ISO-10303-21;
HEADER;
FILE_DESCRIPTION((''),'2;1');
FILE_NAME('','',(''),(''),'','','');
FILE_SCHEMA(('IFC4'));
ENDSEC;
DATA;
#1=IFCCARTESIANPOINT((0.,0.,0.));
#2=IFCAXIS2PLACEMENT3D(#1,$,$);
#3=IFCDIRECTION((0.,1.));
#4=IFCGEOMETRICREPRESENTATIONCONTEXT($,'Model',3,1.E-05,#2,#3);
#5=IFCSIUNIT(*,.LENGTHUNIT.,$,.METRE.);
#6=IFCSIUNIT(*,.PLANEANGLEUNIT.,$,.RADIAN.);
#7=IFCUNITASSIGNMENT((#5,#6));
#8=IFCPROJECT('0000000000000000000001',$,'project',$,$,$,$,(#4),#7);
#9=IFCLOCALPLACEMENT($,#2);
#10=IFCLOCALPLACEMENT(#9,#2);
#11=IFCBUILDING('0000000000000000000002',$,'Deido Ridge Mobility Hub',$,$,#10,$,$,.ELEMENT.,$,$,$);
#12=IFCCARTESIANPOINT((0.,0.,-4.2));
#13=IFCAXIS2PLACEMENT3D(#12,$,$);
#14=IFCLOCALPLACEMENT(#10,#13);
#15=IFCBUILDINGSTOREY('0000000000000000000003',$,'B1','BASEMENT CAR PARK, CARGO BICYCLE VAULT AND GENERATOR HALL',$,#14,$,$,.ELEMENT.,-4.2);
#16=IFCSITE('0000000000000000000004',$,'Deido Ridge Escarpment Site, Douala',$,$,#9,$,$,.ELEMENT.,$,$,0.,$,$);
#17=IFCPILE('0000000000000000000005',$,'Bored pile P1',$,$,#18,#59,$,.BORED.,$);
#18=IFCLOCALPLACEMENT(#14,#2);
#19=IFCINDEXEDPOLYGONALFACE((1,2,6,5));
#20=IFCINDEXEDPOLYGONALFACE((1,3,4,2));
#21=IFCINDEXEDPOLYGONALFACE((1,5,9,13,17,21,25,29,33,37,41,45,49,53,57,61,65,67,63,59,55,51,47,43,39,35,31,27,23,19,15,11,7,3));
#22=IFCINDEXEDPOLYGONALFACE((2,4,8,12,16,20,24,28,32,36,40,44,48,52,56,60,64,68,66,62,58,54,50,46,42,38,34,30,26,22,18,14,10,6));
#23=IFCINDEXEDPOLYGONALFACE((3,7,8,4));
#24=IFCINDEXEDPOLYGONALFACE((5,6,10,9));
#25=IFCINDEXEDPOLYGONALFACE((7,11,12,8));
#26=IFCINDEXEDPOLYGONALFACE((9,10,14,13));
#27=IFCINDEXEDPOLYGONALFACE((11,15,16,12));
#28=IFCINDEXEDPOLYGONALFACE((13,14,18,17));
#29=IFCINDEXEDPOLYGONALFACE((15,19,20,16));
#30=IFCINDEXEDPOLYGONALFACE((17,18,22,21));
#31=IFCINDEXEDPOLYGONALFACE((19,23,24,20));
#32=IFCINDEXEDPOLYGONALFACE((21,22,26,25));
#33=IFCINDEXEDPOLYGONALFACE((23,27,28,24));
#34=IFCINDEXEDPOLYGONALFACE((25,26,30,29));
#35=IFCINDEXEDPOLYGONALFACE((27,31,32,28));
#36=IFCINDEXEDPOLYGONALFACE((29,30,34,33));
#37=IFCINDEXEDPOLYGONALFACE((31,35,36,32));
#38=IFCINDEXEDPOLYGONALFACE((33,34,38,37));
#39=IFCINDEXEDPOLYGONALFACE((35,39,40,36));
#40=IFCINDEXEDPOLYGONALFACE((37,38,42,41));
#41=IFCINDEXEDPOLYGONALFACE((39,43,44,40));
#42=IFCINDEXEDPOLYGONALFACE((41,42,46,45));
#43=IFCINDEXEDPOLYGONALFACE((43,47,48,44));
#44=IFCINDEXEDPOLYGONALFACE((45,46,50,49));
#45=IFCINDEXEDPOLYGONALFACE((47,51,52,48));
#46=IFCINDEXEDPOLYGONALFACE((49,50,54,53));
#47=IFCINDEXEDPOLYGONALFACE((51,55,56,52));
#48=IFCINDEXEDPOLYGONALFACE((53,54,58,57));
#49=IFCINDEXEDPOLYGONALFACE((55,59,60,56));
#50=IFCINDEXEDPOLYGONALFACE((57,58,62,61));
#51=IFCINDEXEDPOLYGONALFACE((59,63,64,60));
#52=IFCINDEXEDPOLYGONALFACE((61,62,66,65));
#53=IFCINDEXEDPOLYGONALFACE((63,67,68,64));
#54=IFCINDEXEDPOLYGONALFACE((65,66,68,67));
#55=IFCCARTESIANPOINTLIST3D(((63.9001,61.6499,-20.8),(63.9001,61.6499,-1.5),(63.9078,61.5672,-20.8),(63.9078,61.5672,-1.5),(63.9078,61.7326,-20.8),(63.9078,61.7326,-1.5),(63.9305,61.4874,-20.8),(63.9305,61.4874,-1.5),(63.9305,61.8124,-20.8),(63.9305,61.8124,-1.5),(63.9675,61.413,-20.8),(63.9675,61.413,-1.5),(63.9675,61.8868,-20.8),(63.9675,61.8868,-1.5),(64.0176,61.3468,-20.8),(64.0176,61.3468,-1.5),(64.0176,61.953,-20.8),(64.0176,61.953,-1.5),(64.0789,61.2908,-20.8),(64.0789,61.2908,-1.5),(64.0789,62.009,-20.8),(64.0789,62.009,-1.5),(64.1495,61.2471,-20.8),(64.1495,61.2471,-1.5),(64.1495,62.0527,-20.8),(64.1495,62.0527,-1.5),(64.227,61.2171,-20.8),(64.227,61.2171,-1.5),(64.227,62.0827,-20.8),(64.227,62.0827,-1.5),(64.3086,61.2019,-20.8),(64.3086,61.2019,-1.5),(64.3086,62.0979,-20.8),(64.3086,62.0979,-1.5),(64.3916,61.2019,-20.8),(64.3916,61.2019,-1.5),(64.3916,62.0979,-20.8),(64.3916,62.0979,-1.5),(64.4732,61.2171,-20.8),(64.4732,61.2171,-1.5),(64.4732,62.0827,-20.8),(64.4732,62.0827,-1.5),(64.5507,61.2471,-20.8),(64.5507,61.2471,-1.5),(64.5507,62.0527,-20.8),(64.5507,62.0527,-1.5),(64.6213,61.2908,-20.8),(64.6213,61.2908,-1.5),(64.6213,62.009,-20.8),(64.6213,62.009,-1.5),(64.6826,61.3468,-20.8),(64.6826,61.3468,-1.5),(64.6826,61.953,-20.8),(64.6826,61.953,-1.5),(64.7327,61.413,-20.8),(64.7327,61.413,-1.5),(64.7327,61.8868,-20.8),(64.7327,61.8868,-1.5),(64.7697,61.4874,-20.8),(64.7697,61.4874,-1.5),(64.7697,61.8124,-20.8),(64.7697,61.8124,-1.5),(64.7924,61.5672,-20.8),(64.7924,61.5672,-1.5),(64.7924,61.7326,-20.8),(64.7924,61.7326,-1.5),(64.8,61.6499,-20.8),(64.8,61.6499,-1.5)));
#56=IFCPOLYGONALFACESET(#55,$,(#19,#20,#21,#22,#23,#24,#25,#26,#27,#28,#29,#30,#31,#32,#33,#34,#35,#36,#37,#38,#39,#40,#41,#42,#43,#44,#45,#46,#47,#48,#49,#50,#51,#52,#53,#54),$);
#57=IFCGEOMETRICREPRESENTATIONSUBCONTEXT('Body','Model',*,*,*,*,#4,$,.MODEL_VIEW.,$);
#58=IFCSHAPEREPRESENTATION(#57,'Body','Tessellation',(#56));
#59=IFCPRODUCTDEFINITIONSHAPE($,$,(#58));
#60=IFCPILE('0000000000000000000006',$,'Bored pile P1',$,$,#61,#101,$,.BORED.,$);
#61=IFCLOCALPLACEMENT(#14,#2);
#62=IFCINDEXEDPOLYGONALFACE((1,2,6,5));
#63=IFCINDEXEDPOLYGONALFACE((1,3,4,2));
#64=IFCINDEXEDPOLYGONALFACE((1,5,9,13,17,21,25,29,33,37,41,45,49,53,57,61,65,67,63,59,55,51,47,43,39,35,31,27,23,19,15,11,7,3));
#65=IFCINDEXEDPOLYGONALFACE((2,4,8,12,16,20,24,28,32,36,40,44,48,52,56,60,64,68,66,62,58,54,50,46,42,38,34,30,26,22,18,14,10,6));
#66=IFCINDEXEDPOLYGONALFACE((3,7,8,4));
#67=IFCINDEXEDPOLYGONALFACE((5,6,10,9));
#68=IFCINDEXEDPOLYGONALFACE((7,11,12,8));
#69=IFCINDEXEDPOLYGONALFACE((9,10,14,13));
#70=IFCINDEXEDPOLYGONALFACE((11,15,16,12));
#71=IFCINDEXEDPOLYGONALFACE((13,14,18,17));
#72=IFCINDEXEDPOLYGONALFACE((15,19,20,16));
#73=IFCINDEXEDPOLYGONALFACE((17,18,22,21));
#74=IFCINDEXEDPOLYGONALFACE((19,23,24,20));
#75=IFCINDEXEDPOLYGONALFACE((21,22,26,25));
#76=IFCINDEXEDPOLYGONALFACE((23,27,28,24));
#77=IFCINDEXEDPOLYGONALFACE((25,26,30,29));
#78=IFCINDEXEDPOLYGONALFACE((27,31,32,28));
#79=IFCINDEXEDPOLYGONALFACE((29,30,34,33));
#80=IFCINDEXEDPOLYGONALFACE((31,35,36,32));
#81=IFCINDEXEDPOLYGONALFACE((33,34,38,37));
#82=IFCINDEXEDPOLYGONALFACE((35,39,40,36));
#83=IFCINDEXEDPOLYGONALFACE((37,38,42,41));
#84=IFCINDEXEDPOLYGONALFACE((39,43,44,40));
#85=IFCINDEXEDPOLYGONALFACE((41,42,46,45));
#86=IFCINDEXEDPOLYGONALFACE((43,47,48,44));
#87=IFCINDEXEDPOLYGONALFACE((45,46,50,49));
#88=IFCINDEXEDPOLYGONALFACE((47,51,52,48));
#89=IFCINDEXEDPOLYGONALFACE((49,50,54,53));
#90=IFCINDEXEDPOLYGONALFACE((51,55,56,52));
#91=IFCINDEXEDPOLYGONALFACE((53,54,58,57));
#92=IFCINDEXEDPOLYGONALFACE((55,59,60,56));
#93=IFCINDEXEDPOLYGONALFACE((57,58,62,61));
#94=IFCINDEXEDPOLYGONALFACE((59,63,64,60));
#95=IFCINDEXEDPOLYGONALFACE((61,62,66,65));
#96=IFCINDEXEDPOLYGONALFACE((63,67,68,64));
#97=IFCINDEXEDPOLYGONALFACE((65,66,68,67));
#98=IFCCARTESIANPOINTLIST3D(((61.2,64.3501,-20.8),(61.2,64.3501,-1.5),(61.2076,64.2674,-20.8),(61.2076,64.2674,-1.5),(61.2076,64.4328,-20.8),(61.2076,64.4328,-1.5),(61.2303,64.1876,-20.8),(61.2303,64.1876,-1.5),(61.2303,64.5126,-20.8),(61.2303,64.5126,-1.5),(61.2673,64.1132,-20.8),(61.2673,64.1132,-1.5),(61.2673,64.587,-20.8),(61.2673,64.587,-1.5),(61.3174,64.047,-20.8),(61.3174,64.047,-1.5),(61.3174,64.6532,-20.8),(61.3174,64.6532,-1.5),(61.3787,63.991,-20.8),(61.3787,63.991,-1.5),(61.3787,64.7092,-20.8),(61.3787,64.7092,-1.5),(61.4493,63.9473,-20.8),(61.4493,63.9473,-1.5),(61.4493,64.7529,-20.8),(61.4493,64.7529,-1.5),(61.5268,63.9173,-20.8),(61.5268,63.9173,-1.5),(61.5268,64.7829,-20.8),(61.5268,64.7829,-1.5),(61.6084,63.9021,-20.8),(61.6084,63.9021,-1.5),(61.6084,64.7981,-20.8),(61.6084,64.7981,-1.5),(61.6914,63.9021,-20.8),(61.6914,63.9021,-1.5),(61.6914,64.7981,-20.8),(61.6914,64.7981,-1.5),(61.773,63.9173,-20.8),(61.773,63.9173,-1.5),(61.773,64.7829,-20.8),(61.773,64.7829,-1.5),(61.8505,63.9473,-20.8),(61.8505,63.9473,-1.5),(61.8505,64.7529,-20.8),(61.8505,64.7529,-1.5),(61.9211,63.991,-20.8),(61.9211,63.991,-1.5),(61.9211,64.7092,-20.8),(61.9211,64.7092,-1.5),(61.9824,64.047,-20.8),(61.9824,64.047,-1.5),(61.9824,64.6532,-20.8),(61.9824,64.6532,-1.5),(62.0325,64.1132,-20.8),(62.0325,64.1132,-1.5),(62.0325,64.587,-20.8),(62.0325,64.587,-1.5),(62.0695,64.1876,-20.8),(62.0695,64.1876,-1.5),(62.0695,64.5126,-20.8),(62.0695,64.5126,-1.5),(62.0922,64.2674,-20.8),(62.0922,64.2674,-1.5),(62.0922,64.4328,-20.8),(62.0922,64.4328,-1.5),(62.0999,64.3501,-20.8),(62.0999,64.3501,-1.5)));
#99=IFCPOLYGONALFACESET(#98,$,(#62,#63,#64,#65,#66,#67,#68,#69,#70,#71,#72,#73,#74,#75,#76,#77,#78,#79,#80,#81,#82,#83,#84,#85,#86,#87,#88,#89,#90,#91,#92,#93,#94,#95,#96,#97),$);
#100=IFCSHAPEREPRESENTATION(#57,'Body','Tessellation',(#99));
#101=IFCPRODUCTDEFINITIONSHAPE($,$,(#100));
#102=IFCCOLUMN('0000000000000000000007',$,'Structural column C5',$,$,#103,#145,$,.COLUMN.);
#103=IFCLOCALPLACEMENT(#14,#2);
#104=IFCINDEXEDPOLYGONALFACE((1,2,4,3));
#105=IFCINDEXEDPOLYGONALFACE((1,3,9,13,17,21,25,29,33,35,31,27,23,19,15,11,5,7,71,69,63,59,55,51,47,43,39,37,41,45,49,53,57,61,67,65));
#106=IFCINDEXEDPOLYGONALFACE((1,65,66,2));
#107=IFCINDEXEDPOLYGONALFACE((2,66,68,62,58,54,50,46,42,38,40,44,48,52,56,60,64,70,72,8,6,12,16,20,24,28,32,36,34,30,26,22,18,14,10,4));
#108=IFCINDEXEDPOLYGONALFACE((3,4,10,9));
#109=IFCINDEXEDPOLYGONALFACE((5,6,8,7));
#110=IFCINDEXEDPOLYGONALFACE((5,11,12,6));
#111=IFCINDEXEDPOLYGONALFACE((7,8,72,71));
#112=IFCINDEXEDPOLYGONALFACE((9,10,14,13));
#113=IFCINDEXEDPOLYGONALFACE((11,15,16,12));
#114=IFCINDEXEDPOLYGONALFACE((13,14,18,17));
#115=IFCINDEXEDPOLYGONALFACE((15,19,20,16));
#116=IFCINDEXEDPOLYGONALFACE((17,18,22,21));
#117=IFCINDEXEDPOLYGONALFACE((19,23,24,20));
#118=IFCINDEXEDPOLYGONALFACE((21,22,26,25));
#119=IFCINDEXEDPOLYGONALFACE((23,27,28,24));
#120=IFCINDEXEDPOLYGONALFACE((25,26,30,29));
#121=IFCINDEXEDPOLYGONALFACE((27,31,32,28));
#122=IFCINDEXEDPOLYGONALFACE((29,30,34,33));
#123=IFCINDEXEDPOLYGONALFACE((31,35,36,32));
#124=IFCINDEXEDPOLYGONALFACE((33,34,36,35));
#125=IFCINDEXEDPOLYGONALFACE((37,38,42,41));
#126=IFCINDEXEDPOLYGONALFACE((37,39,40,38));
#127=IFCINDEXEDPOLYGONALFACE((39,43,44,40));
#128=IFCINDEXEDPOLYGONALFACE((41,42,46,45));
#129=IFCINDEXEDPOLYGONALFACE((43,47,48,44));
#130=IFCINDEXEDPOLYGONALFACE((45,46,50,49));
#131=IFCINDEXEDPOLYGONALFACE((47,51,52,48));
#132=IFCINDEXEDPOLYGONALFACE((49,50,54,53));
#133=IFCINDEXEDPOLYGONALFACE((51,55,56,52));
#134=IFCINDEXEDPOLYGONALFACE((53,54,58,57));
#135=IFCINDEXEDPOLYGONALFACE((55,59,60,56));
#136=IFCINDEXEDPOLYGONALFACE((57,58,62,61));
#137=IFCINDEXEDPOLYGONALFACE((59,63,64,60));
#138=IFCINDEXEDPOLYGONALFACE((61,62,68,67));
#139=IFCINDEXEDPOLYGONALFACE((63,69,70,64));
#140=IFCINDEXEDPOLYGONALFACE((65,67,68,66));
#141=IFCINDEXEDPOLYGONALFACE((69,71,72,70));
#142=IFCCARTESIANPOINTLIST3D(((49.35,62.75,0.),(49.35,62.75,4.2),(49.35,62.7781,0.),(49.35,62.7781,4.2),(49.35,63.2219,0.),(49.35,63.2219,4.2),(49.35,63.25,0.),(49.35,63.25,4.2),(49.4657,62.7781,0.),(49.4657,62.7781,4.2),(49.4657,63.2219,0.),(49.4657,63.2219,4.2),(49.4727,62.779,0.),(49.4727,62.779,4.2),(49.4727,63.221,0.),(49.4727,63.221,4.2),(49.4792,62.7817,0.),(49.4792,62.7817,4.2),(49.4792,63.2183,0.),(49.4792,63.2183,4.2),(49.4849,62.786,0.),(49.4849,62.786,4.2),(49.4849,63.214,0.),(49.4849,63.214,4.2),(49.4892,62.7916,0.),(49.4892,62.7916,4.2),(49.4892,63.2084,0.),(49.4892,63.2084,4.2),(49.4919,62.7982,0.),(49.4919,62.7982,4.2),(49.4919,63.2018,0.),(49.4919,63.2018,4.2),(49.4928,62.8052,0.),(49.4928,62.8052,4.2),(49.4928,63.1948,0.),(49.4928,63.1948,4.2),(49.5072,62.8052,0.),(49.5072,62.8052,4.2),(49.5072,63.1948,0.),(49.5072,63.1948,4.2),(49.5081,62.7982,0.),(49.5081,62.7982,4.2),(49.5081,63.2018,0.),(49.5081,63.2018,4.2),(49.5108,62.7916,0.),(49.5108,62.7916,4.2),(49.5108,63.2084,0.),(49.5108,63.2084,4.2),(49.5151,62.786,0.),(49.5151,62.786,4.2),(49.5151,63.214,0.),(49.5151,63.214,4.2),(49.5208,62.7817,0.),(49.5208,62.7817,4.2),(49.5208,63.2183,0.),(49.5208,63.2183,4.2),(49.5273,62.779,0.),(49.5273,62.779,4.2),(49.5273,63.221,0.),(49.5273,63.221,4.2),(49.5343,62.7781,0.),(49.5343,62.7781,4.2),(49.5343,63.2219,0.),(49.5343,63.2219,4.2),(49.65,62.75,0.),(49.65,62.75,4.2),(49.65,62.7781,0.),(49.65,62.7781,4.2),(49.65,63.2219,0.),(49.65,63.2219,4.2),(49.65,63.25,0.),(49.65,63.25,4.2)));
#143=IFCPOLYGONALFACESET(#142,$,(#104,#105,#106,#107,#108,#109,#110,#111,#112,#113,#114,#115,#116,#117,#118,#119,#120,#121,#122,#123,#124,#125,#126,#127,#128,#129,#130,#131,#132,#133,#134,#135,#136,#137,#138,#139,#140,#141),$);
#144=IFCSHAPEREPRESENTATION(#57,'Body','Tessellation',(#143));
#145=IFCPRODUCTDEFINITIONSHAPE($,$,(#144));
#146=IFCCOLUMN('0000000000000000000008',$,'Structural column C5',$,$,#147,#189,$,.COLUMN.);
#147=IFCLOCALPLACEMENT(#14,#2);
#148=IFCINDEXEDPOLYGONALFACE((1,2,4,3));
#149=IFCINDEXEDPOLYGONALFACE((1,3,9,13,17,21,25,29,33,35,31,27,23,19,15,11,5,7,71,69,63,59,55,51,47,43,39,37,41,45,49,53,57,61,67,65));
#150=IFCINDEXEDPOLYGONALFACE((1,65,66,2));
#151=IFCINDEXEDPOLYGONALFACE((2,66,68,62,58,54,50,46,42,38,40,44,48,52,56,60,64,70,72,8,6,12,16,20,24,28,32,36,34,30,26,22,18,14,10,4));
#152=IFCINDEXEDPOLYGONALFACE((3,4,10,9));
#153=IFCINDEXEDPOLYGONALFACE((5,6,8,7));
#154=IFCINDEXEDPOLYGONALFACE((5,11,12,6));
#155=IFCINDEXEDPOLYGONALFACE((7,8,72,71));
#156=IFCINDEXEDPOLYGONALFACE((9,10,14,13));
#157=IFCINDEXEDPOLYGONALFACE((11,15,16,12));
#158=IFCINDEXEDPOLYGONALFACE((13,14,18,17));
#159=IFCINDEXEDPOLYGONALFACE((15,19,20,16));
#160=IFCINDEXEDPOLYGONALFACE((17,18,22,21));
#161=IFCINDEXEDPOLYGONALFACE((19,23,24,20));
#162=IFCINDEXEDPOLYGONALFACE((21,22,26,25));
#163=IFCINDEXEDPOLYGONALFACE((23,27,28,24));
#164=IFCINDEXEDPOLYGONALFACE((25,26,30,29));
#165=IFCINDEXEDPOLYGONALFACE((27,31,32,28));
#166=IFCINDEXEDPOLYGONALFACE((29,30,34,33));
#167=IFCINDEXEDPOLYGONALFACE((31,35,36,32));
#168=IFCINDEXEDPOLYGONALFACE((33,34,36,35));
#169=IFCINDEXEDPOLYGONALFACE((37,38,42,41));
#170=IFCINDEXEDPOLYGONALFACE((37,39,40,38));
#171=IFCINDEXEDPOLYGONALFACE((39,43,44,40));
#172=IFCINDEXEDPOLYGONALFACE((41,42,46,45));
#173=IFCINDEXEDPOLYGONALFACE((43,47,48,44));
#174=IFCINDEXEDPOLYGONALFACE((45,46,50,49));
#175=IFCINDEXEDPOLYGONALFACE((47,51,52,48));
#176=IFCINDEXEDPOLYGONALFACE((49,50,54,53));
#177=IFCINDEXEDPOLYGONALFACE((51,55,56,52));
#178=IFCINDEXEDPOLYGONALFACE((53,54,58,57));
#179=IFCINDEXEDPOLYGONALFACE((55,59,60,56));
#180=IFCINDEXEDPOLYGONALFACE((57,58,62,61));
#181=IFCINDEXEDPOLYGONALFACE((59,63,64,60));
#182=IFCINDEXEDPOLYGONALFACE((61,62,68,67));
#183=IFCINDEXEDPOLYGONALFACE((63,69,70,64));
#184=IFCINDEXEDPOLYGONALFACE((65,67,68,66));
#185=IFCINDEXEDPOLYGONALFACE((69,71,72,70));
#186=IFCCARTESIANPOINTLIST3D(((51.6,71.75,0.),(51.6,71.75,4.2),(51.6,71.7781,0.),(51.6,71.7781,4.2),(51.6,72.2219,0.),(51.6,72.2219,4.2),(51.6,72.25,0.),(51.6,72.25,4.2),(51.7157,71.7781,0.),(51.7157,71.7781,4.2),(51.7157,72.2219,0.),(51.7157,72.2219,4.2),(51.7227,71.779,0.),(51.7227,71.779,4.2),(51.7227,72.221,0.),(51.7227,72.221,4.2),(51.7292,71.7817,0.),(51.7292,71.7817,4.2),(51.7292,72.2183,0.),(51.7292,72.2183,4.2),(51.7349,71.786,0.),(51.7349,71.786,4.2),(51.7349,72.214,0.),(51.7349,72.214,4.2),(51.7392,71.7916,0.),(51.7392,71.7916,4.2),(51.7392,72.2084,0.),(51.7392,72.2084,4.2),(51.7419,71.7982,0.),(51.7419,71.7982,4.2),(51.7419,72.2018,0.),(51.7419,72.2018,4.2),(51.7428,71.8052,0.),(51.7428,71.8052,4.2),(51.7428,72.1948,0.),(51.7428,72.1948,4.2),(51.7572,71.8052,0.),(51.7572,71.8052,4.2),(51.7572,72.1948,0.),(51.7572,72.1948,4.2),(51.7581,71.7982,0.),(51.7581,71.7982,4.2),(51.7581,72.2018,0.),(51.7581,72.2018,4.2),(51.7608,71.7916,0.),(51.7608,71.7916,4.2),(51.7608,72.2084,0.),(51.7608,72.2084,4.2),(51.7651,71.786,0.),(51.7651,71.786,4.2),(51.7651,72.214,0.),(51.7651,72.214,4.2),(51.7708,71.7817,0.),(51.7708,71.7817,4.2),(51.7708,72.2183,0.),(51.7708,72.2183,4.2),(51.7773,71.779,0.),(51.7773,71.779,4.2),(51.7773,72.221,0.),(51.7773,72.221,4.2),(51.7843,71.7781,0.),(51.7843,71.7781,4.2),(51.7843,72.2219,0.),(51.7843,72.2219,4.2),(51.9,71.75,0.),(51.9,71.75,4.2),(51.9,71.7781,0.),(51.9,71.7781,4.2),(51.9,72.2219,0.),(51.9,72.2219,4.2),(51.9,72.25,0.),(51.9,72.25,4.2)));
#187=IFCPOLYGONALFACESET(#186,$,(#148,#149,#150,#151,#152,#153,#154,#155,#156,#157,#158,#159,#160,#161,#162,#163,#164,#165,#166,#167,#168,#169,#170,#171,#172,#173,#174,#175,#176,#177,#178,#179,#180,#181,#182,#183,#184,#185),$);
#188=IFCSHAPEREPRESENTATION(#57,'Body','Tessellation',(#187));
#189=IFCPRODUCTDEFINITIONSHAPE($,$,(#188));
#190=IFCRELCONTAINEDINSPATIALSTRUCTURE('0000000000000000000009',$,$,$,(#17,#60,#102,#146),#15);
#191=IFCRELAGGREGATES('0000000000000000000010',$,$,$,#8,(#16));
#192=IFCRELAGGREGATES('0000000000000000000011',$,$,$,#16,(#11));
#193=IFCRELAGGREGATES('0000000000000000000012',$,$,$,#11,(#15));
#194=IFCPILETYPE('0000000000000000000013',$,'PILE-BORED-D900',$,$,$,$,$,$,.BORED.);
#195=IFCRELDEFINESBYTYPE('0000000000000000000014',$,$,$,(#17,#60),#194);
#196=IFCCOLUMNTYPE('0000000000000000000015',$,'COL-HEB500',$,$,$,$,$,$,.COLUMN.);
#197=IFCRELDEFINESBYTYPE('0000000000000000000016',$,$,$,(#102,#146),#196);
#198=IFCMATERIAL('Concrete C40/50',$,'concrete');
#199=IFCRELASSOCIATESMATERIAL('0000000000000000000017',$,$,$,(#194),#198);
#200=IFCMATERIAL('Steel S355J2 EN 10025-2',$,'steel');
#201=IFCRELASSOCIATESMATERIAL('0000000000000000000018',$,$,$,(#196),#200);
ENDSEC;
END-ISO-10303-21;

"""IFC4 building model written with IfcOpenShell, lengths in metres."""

from ifc_helpers import new_model, si_unit, direction, frame, origin, origin_2d, place, context, subcontext, project, spatial, circle, i_section, extrude, material, material_profile, profile_set, type_object, element, save


model = new_model("IFC4")

# Units and contexts
model_context = context("Model", 3, precision=1e-05, world=origin(), true_north=direction((0.0, 1.0)))
body_context = subcontext(model_context, "Body", "Model", "MODEL_VIEW")
ifc_project = project(units=[si_unit("LENGTHUNIT", "METRE"), si_unit("PLANEANGLEUNIT", "RADIAN")], contexts=[model_context])

# Site, building, storey
site_placement = place(None, origin())
site = spatial("IfcSite", under=ifc_project, at=site_placement, Name="Deido Ridge Escarpment Site, Douala", CompositionType="ELEMENT", RefElevation=0.0)
building_placement = place(site_placement, origin())
building = spatial("IfcBuilding", under=site, at=building_placement, Name="Deido Ridge Mobility Hub", CompositionType="ELEMENT")
storey_placement = place(building_placement, frame((0.0, 0.0, -4.2)))
storey = spatial("IfcBuildingStorey", under=building, at=storey_placement, Name="B1", Description="BASEMENT CAR PARK, CARGO BICYCLE VAULT AND GENERATOR HALL", CompositionType="ELEMENT", Elevation=-4.2)

# Shared definitions
ifc_material_1 = material(Name="Concrete C40/50", Category="concrete")

# Piles
ifc_material_profile_1 = material_profile(ifc_material_1, circle(Radius=0.45, at=origin_2d()), Name="BORED PILE D900")
ifc_profile_set_1 = profile_set([ifc_material_profile_1], Name="Concrete C40/50")
pile_type_1 = type_object("IfcPileType", Name="PILE-BORED-D900", PredefinedType="BORED", material=ifc_profile_set_1)
for number, where, z_axis, x_axis, name in (
    (1, (64.3501, 61.6499, -1.5), (0.0, 0.0, -1.0), (1.0, 0.0, 0.0), "Bored pile P1"),
    (2, (61.6499, 64.3501, -1.5), (0.0, 0.0, -1.0), (1.0, 0.0, 0.0), "Bored pile P1"),
):
    element("IfcPile", number, at=place(storey_placement, frame(where, z_axis=z_axis, x_axis=x_axis)), inside=storey, type_object=pile_type_1, Name=name, PredefinedType="BORED", context=body_context, shape_type="SweptSolid", body=[
        extrude(circle(Radius=0.45, at=origin_2d()), origin(), (0.0, 0.0, 1.0), 19.3),
    ])

# Columns
ifc_material_2 = material(Name="Steel S355J2 EN 10025-2", Category="steel")
ifc_material_profile_2 = material_profile(ifc_material_2, i_section(OverallWidth=0.3, OverallDepth=0.5, WebThickness=0.0144, FlangeThickness=0.0281, FilletRadius=0.0271, at=origin_2d()), Name="HEB 500")
ifc_profile_set_2 = profile_set([ifc_material_profile_2], Name="Steel S355J2 EN 10025-2")
column_type = type_object("IfcColumnType", Name="COL-HEB500", PredefinedType="COLUMN", material=ifc_profile_set_2)
for number, where, z_axis, x_axis, name in (
    (3, (49.5, 63.0, 0.0), (0.0, 0.0, 1.0), (1.0, 0.0, 0.0), "Structural column C5"),
    (4, (51.75, 72.0, 0.0), (0.0, 0.0, 1.0), (1.0, 0.0, 0.0), "Structural column C5"),
):
    element("IfcColumn", number, at=place(storey_placement, frame(where, z_axis=z_axis, x_axis=x_axis)), inside=storey, type_object=column_type, Name=name, PredefinedType="COLUMN", context=body_context, shape_type="SweptSolid", body=[
        extrude(i_section(OverallWidth=0.3, OverallDepth=0.5, WebThickness=0.0144, FlangeThickness=0.0281, FilletRadius=0.0271, at=origin_2d()), origin(), (0.0, 0.0, 1.0), 4.2),
    ])

save(model, "model.ifc")
